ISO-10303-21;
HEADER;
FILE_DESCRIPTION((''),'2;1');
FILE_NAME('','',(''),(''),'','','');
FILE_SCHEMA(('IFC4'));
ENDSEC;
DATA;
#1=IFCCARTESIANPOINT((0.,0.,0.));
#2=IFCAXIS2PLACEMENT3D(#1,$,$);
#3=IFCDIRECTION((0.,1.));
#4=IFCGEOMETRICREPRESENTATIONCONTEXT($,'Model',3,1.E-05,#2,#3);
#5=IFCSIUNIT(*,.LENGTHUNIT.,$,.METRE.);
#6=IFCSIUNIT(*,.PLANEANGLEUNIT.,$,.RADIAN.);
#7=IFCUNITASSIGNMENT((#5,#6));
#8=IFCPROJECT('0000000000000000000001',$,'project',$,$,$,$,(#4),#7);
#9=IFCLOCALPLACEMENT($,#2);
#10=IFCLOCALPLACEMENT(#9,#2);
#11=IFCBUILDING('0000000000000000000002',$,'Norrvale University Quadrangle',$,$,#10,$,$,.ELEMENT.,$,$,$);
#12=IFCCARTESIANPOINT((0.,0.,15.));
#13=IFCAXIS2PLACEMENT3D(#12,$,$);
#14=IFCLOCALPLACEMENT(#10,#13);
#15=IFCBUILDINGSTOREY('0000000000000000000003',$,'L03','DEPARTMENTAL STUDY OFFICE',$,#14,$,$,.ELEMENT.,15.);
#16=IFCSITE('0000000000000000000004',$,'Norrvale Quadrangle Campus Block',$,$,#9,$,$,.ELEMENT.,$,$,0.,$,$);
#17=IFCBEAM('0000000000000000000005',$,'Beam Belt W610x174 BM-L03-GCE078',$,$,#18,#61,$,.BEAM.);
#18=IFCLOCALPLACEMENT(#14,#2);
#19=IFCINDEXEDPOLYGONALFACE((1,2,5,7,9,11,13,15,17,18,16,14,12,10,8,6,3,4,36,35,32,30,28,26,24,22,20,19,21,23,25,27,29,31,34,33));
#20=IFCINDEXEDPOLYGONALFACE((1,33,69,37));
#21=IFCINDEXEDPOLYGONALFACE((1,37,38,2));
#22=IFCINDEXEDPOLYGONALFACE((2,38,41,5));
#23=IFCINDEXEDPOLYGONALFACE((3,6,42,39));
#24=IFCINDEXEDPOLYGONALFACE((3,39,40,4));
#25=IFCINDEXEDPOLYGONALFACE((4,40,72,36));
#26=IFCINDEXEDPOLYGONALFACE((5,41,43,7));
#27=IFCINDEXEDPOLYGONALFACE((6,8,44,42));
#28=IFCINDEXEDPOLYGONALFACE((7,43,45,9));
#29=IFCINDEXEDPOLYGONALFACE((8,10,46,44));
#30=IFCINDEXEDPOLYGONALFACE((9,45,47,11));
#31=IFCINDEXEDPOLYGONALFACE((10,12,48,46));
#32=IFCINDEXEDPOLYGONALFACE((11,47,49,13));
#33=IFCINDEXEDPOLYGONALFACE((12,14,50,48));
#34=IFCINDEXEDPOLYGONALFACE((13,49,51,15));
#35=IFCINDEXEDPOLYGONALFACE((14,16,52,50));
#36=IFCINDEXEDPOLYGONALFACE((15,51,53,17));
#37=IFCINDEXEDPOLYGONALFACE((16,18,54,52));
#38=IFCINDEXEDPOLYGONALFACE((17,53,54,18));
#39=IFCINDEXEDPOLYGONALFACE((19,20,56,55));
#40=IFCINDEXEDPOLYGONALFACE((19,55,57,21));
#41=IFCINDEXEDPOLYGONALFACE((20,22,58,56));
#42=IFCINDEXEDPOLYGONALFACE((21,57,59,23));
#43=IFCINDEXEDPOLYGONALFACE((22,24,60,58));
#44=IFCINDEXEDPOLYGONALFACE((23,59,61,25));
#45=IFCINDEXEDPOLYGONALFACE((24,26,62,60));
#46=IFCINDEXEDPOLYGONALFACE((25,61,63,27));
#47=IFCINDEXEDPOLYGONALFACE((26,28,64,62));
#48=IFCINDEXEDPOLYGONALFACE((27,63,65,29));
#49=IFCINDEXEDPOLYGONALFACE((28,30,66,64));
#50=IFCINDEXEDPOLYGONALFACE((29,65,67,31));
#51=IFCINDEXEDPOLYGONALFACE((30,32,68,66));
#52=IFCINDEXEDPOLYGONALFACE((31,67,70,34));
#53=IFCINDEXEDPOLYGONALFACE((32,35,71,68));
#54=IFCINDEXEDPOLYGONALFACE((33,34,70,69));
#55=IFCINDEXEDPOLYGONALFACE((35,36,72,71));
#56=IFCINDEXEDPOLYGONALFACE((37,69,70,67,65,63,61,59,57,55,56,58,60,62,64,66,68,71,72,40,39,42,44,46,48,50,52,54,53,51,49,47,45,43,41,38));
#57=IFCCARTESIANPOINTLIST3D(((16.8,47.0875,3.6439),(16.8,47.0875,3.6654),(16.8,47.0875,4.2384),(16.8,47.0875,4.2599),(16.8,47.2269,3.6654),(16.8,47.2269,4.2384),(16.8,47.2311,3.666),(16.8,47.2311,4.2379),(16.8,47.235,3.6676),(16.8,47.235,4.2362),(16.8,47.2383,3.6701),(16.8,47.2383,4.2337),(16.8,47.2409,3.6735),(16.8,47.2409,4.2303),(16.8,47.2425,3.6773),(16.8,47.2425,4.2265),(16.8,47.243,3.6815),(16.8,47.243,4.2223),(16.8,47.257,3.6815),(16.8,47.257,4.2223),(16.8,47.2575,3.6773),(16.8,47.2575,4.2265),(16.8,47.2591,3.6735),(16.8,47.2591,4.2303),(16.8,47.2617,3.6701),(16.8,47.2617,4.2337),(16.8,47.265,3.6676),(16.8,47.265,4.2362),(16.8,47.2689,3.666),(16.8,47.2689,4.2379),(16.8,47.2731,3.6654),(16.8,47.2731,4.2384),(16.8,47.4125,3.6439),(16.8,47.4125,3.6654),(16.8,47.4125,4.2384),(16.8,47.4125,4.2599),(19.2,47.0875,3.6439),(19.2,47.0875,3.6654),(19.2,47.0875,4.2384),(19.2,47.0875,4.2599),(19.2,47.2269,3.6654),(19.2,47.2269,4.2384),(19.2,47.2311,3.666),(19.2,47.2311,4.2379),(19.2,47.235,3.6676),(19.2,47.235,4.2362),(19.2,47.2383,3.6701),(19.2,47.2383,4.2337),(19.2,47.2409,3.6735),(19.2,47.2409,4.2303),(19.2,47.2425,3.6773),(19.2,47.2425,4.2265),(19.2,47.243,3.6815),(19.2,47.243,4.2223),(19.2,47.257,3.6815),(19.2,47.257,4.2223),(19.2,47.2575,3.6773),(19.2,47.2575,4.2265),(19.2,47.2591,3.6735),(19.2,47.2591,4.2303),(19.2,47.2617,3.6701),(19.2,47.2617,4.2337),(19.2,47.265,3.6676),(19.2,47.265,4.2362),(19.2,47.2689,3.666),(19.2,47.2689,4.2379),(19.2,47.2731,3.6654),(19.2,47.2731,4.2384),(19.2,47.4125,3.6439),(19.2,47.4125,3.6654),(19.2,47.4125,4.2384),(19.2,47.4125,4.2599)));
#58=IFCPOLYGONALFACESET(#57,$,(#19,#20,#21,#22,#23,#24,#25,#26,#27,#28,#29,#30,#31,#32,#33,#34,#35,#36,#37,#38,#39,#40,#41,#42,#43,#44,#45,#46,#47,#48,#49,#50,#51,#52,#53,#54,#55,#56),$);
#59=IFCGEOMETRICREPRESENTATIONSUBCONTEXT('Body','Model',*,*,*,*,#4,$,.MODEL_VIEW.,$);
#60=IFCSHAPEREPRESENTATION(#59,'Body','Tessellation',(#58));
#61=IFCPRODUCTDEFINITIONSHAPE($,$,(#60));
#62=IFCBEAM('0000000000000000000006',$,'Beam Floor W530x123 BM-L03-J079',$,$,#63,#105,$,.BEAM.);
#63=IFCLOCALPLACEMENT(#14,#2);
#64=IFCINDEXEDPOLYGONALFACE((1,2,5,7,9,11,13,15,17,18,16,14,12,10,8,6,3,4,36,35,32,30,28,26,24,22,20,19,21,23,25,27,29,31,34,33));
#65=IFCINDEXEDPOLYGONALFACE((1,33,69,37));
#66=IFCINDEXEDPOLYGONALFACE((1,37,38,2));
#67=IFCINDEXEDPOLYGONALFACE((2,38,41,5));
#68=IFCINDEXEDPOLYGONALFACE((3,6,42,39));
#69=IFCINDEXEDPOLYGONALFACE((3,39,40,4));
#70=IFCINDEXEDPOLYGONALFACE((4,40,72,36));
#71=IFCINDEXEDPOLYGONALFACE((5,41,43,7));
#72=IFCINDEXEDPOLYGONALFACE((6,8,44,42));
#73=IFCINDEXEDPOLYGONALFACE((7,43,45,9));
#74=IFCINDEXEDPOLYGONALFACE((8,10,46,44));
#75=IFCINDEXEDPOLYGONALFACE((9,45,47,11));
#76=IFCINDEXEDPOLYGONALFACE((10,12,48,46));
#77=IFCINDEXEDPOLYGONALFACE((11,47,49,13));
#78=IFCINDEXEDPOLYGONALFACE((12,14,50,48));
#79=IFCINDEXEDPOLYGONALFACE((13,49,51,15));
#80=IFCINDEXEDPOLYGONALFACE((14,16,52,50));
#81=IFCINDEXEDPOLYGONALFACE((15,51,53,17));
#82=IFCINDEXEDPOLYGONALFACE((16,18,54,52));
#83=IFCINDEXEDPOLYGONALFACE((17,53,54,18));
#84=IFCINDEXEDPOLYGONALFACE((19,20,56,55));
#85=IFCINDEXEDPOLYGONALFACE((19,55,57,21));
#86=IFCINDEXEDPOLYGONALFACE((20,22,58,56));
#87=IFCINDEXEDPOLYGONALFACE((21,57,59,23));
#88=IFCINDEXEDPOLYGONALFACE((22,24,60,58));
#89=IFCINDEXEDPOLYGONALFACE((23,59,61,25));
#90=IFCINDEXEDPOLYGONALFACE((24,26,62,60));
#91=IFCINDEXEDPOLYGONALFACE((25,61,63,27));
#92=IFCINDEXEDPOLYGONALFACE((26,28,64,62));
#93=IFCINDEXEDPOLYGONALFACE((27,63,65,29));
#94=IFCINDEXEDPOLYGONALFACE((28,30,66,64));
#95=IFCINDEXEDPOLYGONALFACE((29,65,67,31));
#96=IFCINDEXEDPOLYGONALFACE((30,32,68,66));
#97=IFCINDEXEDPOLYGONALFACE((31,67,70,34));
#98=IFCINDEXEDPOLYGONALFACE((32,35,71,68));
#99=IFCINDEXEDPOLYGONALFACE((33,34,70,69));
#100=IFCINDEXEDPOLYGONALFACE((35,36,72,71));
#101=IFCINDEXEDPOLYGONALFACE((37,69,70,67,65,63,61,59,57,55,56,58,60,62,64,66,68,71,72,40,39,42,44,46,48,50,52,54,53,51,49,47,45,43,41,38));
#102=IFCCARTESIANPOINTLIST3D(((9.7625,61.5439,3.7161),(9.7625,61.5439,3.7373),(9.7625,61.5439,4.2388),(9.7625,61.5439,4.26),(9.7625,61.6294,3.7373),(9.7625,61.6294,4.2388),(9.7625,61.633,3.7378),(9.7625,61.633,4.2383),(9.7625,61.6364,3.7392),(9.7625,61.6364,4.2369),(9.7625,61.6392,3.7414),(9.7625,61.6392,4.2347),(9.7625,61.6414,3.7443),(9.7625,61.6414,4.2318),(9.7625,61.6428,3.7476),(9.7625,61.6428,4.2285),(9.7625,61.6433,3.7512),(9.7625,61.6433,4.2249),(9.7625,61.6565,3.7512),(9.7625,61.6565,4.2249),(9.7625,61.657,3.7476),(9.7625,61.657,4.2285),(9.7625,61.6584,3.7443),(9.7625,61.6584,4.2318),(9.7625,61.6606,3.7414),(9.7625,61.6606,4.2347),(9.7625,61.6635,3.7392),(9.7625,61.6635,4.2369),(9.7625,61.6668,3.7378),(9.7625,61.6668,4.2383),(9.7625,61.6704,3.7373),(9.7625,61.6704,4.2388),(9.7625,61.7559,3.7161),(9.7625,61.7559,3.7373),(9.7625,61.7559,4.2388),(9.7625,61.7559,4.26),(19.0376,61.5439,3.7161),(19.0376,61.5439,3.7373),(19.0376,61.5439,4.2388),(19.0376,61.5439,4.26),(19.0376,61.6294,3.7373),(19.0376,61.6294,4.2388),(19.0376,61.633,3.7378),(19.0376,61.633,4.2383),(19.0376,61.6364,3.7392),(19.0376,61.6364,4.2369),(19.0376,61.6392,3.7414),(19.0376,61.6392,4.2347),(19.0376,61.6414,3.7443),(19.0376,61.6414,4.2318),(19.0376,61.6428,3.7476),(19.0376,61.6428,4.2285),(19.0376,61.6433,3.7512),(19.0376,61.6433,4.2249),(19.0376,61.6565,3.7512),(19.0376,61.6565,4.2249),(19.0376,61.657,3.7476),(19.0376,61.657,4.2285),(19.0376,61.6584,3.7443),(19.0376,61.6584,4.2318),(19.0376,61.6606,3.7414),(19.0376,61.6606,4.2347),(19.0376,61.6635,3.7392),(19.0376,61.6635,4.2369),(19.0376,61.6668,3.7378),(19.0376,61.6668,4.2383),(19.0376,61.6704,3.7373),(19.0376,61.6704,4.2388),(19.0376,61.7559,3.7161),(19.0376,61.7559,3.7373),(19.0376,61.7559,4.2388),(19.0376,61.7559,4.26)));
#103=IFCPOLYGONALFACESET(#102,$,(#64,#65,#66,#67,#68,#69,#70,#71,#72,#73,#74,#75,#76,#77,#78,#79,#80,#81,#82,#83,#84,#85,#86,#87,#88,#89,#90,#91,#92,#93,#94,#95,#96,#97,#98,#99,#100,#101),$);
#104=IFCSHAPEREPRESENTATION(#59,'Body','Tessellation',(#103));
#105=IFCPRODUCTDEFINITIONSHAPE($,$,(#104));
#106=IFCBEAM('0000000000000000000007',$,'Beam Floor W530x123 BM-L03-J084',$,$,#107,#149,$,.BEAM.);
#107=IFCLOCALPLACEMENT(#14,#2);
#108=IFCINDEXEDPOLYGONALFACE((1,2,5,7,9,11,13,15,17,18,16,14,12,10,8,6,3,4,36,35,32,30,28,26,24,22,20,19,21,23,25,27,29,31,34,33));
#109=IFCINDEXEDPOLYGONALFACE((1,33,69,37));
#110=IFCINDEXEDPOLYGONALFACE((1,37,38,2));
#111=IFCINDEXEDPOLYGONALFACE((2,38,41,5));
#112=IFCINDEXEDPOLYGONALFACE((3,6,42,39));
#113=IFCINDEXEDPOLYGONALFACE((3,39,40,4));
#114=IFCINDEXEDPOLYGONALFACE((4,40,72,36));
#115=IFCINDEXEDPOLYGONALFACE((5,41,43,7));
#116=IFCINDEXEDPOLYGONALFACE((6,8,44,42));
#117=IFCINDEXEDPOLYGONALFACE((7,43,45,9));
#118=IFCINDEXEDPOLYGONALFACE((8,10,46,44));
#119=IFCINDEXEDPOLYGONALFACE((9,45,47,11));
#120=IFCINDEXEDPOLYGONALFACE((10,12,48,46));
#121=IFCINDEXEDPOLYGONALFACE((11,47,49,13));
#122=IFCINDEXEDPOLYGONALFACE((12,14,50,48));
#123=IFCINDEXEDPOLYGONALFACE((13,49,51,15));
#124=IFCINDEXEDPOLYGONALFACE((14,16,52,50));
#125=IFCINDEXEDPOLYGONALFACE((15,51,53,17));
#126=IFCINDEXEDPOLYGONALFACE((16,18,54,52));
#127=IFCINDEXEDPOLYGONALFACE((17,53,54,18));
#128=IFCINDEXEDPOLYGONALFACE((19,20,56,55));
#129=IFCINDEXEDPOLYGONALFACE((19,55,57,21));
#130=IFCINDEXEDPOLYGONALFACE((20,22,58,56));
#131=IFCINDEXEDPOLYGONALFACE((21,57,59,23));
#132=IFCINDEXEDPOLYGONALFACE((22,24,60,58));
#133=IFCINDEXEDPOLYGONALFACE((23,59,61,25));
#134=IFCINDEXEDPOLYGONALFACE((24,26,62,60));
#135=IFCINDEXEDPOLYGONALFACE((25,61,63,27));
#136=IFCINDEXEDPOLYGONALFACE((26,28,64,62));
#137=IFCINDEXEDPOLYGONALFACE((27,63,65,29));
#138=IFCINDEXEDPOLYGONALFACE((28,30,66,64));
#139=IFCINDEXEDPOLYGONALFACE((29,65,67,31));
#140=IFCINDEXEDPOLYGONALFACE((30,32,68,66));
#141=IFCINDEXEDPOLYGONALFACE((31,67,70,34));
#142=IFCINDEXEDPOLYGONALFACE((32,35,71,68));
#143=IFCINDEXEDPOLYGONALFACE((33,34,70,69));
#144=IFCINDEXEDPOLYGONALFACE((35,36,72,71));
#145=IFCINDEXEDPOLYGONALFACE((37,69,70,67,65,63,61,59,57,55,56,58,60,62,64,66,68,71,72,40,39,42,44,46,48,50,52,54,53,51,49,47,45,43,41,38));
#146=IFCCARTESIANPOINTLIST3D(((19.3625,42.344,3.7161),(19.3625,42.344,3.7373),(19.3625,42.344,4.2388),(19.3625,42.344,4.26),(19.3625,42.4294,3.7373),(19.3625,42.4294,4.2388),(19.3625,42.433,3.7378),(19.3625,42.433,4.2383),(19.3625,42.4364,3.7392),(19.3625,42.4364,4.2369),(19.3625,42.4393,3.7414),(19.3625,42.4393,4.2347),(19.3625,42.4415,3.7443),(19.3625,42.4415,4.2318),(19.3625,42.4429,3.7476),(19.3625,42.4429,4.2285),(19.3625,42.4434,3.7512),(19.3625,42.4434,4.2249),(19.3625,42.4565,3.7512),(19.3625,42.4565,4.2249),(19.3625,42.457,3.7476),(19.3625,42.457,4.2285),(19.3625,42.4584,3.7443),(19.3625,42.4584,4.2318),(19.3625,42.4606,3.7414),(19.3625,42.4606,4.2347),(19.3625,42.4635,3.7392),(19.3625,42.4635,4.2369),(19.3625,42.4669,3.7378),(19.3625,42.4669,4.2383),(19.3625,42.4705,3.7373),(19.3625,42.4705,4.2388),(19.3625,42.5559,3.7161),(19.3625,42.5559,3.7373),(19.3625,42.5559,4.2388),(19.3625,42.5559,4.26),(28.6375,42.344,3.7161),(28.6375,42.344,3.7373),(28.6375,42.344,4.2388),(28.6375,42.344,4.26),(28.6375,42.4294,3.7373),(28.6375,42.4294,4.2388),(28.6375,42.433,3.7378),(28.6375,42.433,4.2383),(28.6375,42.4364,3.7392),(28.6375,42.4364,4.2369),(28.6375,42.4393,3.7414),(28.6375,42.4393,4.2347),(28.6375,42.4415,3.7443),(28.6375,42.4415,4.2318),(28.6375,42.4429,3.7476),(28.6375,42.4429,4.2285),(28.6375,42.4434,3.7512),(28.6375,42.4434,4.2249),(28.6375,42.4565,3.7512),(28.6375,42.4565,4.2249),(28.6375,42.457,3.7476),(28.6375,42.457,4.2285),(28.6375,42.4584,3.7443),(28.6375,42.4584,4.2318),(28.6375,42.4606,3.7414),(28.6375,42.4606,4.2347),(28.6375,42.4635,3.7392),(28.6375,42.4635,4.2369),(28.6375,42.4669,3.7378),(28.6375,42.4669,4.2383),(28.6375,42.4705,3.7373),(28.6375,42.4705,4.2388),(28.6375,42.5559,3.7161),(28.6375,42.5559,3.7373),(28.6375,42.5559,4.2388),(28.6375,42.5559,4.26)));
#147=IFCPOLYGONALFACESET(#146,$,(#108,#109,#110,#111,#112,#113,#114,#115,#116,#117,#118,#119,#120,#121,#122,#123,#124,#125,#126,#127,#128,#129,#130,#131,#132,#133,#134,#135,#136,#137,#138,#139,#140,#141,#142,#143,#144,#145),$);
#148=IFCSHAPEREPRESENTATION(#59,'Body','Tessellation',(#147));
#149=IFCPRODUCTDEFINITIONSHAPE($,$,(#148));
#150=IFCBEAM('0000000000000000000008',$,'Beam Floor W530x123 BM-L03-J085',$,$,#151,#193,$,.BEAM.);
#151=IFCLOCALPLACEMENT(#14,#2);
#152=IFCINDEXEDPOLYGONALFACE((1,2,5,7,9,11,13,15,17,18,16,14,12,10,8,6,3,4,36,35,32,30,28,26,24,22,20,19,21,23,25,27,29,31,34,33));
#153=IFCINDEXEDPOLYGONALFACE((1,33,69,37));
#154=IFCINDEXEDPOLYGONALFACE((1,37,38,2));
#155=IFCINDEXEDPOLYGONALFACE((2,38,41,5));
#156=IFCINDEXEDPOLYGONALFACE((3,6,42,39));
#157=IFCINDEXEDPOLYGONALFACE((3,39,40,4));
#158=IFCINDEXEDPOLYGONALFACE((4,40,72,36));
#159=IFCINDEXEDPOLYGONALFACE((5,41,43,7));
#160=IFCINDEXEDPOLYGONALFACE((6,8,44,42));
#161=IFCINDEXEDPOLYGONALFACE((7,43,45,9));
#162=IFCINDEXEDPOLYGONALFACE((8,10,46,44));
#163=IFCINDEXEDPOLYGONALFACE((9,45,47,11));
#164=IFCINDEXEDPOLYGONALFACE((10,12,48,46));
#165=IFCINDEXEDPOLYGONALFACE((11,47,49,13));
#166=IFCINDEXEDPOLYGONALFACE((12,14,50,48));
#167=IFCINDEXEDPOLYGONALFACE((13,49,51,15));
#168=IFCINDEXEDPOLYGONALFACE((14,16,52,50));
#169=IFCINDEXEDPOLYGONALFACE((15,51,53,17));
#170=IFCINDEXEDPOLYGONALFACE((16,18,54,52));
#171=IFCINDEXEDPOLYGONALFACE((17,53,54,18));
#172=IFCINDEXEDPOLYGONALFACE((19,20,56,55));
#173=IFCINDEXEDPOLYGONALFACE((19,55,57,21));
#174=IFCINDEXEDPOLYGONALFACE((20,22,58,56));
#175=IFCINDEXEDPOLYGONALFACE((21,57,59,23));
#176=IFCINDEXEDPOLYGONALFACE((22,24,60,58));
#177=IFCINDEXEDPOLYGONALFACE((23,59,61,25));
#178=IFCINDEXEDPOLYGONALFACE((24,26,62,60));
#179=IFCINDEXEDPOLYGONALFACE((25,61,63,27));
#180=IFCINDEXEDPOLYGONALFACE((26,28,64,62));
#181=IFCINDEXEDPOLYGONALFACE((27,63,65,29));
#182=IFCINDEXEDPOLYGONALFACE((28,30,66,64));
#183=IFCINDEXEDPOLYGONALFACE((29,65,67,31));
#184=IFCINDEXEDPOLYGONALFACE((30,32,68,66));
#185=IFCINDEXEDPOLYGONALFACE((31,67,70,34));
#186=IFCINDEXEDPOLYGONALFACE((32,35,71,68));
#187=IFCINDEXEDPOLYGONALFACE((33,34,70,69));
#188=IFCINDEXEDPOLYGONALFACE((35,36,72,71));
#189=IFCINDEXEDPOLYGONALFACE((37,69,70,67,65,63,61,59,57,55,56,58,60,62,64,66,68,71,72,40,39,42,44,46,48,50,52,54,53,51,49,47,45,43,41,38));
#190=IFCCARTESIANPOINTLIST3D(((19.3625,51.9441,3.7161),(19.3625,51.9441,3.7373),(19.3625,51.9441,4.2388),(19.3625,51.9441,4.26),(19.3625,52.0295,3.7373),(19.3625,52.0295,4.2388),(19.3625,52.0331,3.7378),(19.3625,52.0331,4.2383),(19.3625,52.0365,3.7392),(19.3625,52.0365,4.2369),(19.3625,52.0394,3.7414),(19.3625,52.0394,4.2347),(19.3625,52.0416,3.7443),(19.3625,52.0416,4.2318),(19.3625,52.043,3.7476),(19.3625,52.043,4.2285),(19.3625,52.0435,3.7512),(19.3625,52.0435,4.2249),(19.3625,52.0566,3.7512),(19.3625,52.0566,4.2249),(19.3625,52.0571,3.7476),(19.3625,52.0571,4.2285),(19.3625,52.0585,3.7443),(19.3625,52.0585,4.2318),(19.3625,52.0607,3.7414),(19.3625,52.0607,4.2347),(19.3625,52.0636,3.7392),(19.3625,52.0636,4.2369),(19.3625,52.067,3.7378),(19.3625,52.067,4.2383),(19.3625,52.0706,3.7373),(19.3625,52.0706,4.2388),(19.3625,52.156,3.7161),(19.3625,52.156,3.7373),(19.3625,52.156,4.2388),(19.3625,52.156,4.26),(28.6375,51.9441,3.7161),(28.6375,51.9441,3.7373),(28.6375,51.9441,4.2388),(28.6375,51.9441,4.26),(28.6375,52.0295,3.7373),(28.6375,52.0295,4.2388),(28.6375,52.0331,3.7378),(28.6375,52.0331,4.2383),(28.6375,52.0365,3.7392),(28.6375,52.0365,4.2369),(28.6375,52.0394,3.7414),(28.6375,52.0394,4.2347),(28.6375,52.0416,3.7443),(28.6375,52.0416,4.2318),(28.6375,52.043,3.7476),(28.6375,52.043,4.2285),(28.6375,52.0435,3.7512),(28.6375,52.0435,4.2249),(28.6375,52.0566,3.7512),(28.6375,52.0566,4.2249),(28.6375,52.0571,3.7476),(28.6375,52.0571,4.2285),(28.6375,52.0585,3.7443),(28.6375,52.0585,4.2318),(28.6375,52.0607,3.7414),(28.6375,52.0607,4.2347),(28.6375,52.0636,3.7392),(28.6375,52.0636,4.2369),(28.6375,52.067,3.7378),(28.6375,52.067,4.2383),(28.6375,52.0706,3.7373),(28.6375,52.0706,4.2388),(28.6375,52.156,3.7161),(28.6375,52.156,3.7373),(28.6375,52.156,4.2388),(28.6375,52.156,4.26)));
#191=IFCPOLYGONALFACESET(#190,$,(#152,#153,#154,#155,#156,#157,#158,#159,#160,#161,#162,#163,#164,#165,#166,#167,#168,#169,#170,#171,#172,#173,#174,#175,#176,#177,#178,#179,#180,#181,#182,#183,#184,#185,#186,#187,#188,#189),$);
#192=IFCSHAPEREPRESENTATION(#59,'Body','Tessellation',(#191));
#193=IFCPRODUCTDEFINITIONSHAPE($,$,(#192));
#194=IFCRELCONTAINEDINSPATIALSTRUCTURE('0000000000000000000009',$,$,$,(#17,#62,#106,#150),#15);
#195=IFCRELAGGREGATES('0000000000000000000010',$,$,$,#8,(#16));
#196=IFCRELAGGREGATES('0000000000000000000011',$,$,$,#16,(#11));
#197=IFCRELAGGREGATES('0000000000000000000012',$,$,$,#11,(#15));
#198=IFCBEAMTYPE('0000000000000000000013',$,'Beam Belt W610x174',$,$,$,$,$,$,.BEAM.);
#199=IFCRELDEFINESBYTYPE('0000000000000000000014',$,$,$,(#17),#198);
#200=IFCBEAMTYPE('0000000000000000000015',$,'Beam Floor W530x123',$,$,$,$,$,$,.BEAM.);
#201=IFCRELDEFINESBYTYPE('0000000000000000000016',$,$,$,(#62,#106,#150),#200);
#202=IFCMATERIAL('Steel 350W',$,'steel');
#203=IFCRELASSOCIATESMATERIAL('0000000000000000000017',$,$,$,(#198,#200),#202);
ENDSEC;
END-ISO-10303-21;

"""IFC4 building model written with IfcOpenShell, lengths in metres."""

from ifc_helpers import new_model, si_unit, direction, frame, origin, origin_2d, place, context, subcontext, project, spatial, i_section, extrude, material, material_profile, profile_set, type_object, element, save


model = new_model("IFC4")

# Units and contexts
model_context = context("Model", 3, precision=1e-05, world=origin(), true_north=direction((0.0, 1.0)))
body_context = subcontext(model_context, "Body", "Model", "MODEL_VIEW")
ifc_project = project(units=[si_unit("LENGTHUNIT", "METRE"), si_unit("PLANEANGLEUNIT", "RADIAN")], contexts=[model_context])

# Site, building, storey
site_placement = place(None, origin())
site = spatial("IfcSite", under=ifc_project, at=site_placement, Name="Norrvale Quadrangle Campus Block", CompositionType="ELEMENT", RefElevation=0.0)
building_placement = place(site_placement, origin())
building = spatial("IfcBuilding", under=site, at=building_placement, Name="Norrvale University Quadrangle", CompositionType="ELEMENT")
storey_placement = place(building_placement, frame((0.0, 0.0, 15.0)))
storey = spatial("IfcBuildingStorey", under=building, at=storey_placement, Name="L03", Description="DEPARTMENTAL STUDY OFFICE", CompositionType="ELEMENT", Elevation=15.0)

# Beams
ifc_material_1 = material(Name="Steel 350W", Category="steel")
ifc_material_profile_1 = material_profile(ifc_material_1, i_section(OverallWidth=0.325, OverallDepth=0.616, WebThickness=0.0139, FlangeThickness=0.0215, FilletRadius=0.0161, at=origin_2d()), Name="Steel 350W")
ifc_profile_set_1 = profile_set([ifc_material_profile_1], Name="Steel 350W")
beam_type_1 = type_object("IfcBeamType", Name="Beam Belt W610x174", PredefinedType="BEAM", material=ifc_profile_set_1)
beam_1_placement = place(storey_placement, frame((16.8, 47.25, 3.9519), z_axis=(1.0, 0.0, 0.0), x_axis=(0.0, 1.0, 0.0)))
element("IfcBeam", 1, at=beam_1_placement, inside=storey, type_object=beam_type_1, Name="Beam Belt W610x174 BM-L03-GCE078", PredefinedType="BEAM", context=body_context, shape_type="SweptSolid", body=[
    extrude(i_section(OverallWidth=0.325, OverallDepth=0.616, WebThickness=0.0139, FlangeThickness=0.0215, FilletRadius=0.0161, at=origin_2d()), origin(), (0.0, 0.0, 1.0), 2.3999),
])
ifc_material_profile_2 = material_profile(ifc_material_1, i_section(OverallWidth=0.2119, OverallDepth=0.5439, WebThickness=0.0132, FlangeThickness=0.0212, FilletRadius=0.0139, at=origin_2d()), Name="Steel 350W")
ifc_profile_set_2 = profile_set([ifc_material_profile_2], Name="Steel 350W")
beam_type_2 = type_object("IfcBeamType", Name="Beam Floor W530x123", PredefinedType="BEAM", material=ifc_profile_set_2)
beam_2_placement = place(storey_placement, frame((9.7625, 61.6499, 3.988), z_axis=(1.0, 0.0, 0.0), x_axis=(0.0, 1.0, 0.0)))
element("IfcBeam", 2, at=beam_2_placement, inside=storey, type_object=beam_type_2, Name="Beam Floor W530x123 BM-L03-J079", PredefinedType="BEAM", context=body_context, shape_type="SweptSolid", body=[
    extrude(i_section(OverallWidth=0.2119, OverallDepth=0.5439, WebThickness=0.0132, FlangeThickness=0.0212, FilletRadius=0.0139, at=origin_2d()), origin(), (0.0, 0.0, 1.0), 9.2751),
])
for number, where, z_axis, x_axis, name in (
    (3, (19.3625, 42.45, 3.988), (1.0, 0.0, 0.0), (0.0, 1.0, 0.0), "Beam Floor W530x123 BM-L03-J084"),
    (4, (19.3625, 52.05, 3.988), (1.0, 0.0, 0.0), (0.0, 1.0, 0.0), "Beam Floor W530x123 BM-L03-J085"),
):
    element("IfcBeam", number, at=place(storey_placement, frame(where, z_axis=z_axis, x_axis=x_axis)), inside=storey, type_object=beam_type_2, Name=name, PredefinedType="BEAM", context=body_context, shape_type="SweptSolid", body=[
        extrude(i_section(OverallWidth=0.2119, OverallDepth=0.5439, WebThickness=0.0132, FlangeThickness=0.0212, FilletRadius=0.0139, at=origin_2d()), origin(), (0.0, 0.0, 1.0), 9.2749),
    ])

save(model, "model.ifc")
